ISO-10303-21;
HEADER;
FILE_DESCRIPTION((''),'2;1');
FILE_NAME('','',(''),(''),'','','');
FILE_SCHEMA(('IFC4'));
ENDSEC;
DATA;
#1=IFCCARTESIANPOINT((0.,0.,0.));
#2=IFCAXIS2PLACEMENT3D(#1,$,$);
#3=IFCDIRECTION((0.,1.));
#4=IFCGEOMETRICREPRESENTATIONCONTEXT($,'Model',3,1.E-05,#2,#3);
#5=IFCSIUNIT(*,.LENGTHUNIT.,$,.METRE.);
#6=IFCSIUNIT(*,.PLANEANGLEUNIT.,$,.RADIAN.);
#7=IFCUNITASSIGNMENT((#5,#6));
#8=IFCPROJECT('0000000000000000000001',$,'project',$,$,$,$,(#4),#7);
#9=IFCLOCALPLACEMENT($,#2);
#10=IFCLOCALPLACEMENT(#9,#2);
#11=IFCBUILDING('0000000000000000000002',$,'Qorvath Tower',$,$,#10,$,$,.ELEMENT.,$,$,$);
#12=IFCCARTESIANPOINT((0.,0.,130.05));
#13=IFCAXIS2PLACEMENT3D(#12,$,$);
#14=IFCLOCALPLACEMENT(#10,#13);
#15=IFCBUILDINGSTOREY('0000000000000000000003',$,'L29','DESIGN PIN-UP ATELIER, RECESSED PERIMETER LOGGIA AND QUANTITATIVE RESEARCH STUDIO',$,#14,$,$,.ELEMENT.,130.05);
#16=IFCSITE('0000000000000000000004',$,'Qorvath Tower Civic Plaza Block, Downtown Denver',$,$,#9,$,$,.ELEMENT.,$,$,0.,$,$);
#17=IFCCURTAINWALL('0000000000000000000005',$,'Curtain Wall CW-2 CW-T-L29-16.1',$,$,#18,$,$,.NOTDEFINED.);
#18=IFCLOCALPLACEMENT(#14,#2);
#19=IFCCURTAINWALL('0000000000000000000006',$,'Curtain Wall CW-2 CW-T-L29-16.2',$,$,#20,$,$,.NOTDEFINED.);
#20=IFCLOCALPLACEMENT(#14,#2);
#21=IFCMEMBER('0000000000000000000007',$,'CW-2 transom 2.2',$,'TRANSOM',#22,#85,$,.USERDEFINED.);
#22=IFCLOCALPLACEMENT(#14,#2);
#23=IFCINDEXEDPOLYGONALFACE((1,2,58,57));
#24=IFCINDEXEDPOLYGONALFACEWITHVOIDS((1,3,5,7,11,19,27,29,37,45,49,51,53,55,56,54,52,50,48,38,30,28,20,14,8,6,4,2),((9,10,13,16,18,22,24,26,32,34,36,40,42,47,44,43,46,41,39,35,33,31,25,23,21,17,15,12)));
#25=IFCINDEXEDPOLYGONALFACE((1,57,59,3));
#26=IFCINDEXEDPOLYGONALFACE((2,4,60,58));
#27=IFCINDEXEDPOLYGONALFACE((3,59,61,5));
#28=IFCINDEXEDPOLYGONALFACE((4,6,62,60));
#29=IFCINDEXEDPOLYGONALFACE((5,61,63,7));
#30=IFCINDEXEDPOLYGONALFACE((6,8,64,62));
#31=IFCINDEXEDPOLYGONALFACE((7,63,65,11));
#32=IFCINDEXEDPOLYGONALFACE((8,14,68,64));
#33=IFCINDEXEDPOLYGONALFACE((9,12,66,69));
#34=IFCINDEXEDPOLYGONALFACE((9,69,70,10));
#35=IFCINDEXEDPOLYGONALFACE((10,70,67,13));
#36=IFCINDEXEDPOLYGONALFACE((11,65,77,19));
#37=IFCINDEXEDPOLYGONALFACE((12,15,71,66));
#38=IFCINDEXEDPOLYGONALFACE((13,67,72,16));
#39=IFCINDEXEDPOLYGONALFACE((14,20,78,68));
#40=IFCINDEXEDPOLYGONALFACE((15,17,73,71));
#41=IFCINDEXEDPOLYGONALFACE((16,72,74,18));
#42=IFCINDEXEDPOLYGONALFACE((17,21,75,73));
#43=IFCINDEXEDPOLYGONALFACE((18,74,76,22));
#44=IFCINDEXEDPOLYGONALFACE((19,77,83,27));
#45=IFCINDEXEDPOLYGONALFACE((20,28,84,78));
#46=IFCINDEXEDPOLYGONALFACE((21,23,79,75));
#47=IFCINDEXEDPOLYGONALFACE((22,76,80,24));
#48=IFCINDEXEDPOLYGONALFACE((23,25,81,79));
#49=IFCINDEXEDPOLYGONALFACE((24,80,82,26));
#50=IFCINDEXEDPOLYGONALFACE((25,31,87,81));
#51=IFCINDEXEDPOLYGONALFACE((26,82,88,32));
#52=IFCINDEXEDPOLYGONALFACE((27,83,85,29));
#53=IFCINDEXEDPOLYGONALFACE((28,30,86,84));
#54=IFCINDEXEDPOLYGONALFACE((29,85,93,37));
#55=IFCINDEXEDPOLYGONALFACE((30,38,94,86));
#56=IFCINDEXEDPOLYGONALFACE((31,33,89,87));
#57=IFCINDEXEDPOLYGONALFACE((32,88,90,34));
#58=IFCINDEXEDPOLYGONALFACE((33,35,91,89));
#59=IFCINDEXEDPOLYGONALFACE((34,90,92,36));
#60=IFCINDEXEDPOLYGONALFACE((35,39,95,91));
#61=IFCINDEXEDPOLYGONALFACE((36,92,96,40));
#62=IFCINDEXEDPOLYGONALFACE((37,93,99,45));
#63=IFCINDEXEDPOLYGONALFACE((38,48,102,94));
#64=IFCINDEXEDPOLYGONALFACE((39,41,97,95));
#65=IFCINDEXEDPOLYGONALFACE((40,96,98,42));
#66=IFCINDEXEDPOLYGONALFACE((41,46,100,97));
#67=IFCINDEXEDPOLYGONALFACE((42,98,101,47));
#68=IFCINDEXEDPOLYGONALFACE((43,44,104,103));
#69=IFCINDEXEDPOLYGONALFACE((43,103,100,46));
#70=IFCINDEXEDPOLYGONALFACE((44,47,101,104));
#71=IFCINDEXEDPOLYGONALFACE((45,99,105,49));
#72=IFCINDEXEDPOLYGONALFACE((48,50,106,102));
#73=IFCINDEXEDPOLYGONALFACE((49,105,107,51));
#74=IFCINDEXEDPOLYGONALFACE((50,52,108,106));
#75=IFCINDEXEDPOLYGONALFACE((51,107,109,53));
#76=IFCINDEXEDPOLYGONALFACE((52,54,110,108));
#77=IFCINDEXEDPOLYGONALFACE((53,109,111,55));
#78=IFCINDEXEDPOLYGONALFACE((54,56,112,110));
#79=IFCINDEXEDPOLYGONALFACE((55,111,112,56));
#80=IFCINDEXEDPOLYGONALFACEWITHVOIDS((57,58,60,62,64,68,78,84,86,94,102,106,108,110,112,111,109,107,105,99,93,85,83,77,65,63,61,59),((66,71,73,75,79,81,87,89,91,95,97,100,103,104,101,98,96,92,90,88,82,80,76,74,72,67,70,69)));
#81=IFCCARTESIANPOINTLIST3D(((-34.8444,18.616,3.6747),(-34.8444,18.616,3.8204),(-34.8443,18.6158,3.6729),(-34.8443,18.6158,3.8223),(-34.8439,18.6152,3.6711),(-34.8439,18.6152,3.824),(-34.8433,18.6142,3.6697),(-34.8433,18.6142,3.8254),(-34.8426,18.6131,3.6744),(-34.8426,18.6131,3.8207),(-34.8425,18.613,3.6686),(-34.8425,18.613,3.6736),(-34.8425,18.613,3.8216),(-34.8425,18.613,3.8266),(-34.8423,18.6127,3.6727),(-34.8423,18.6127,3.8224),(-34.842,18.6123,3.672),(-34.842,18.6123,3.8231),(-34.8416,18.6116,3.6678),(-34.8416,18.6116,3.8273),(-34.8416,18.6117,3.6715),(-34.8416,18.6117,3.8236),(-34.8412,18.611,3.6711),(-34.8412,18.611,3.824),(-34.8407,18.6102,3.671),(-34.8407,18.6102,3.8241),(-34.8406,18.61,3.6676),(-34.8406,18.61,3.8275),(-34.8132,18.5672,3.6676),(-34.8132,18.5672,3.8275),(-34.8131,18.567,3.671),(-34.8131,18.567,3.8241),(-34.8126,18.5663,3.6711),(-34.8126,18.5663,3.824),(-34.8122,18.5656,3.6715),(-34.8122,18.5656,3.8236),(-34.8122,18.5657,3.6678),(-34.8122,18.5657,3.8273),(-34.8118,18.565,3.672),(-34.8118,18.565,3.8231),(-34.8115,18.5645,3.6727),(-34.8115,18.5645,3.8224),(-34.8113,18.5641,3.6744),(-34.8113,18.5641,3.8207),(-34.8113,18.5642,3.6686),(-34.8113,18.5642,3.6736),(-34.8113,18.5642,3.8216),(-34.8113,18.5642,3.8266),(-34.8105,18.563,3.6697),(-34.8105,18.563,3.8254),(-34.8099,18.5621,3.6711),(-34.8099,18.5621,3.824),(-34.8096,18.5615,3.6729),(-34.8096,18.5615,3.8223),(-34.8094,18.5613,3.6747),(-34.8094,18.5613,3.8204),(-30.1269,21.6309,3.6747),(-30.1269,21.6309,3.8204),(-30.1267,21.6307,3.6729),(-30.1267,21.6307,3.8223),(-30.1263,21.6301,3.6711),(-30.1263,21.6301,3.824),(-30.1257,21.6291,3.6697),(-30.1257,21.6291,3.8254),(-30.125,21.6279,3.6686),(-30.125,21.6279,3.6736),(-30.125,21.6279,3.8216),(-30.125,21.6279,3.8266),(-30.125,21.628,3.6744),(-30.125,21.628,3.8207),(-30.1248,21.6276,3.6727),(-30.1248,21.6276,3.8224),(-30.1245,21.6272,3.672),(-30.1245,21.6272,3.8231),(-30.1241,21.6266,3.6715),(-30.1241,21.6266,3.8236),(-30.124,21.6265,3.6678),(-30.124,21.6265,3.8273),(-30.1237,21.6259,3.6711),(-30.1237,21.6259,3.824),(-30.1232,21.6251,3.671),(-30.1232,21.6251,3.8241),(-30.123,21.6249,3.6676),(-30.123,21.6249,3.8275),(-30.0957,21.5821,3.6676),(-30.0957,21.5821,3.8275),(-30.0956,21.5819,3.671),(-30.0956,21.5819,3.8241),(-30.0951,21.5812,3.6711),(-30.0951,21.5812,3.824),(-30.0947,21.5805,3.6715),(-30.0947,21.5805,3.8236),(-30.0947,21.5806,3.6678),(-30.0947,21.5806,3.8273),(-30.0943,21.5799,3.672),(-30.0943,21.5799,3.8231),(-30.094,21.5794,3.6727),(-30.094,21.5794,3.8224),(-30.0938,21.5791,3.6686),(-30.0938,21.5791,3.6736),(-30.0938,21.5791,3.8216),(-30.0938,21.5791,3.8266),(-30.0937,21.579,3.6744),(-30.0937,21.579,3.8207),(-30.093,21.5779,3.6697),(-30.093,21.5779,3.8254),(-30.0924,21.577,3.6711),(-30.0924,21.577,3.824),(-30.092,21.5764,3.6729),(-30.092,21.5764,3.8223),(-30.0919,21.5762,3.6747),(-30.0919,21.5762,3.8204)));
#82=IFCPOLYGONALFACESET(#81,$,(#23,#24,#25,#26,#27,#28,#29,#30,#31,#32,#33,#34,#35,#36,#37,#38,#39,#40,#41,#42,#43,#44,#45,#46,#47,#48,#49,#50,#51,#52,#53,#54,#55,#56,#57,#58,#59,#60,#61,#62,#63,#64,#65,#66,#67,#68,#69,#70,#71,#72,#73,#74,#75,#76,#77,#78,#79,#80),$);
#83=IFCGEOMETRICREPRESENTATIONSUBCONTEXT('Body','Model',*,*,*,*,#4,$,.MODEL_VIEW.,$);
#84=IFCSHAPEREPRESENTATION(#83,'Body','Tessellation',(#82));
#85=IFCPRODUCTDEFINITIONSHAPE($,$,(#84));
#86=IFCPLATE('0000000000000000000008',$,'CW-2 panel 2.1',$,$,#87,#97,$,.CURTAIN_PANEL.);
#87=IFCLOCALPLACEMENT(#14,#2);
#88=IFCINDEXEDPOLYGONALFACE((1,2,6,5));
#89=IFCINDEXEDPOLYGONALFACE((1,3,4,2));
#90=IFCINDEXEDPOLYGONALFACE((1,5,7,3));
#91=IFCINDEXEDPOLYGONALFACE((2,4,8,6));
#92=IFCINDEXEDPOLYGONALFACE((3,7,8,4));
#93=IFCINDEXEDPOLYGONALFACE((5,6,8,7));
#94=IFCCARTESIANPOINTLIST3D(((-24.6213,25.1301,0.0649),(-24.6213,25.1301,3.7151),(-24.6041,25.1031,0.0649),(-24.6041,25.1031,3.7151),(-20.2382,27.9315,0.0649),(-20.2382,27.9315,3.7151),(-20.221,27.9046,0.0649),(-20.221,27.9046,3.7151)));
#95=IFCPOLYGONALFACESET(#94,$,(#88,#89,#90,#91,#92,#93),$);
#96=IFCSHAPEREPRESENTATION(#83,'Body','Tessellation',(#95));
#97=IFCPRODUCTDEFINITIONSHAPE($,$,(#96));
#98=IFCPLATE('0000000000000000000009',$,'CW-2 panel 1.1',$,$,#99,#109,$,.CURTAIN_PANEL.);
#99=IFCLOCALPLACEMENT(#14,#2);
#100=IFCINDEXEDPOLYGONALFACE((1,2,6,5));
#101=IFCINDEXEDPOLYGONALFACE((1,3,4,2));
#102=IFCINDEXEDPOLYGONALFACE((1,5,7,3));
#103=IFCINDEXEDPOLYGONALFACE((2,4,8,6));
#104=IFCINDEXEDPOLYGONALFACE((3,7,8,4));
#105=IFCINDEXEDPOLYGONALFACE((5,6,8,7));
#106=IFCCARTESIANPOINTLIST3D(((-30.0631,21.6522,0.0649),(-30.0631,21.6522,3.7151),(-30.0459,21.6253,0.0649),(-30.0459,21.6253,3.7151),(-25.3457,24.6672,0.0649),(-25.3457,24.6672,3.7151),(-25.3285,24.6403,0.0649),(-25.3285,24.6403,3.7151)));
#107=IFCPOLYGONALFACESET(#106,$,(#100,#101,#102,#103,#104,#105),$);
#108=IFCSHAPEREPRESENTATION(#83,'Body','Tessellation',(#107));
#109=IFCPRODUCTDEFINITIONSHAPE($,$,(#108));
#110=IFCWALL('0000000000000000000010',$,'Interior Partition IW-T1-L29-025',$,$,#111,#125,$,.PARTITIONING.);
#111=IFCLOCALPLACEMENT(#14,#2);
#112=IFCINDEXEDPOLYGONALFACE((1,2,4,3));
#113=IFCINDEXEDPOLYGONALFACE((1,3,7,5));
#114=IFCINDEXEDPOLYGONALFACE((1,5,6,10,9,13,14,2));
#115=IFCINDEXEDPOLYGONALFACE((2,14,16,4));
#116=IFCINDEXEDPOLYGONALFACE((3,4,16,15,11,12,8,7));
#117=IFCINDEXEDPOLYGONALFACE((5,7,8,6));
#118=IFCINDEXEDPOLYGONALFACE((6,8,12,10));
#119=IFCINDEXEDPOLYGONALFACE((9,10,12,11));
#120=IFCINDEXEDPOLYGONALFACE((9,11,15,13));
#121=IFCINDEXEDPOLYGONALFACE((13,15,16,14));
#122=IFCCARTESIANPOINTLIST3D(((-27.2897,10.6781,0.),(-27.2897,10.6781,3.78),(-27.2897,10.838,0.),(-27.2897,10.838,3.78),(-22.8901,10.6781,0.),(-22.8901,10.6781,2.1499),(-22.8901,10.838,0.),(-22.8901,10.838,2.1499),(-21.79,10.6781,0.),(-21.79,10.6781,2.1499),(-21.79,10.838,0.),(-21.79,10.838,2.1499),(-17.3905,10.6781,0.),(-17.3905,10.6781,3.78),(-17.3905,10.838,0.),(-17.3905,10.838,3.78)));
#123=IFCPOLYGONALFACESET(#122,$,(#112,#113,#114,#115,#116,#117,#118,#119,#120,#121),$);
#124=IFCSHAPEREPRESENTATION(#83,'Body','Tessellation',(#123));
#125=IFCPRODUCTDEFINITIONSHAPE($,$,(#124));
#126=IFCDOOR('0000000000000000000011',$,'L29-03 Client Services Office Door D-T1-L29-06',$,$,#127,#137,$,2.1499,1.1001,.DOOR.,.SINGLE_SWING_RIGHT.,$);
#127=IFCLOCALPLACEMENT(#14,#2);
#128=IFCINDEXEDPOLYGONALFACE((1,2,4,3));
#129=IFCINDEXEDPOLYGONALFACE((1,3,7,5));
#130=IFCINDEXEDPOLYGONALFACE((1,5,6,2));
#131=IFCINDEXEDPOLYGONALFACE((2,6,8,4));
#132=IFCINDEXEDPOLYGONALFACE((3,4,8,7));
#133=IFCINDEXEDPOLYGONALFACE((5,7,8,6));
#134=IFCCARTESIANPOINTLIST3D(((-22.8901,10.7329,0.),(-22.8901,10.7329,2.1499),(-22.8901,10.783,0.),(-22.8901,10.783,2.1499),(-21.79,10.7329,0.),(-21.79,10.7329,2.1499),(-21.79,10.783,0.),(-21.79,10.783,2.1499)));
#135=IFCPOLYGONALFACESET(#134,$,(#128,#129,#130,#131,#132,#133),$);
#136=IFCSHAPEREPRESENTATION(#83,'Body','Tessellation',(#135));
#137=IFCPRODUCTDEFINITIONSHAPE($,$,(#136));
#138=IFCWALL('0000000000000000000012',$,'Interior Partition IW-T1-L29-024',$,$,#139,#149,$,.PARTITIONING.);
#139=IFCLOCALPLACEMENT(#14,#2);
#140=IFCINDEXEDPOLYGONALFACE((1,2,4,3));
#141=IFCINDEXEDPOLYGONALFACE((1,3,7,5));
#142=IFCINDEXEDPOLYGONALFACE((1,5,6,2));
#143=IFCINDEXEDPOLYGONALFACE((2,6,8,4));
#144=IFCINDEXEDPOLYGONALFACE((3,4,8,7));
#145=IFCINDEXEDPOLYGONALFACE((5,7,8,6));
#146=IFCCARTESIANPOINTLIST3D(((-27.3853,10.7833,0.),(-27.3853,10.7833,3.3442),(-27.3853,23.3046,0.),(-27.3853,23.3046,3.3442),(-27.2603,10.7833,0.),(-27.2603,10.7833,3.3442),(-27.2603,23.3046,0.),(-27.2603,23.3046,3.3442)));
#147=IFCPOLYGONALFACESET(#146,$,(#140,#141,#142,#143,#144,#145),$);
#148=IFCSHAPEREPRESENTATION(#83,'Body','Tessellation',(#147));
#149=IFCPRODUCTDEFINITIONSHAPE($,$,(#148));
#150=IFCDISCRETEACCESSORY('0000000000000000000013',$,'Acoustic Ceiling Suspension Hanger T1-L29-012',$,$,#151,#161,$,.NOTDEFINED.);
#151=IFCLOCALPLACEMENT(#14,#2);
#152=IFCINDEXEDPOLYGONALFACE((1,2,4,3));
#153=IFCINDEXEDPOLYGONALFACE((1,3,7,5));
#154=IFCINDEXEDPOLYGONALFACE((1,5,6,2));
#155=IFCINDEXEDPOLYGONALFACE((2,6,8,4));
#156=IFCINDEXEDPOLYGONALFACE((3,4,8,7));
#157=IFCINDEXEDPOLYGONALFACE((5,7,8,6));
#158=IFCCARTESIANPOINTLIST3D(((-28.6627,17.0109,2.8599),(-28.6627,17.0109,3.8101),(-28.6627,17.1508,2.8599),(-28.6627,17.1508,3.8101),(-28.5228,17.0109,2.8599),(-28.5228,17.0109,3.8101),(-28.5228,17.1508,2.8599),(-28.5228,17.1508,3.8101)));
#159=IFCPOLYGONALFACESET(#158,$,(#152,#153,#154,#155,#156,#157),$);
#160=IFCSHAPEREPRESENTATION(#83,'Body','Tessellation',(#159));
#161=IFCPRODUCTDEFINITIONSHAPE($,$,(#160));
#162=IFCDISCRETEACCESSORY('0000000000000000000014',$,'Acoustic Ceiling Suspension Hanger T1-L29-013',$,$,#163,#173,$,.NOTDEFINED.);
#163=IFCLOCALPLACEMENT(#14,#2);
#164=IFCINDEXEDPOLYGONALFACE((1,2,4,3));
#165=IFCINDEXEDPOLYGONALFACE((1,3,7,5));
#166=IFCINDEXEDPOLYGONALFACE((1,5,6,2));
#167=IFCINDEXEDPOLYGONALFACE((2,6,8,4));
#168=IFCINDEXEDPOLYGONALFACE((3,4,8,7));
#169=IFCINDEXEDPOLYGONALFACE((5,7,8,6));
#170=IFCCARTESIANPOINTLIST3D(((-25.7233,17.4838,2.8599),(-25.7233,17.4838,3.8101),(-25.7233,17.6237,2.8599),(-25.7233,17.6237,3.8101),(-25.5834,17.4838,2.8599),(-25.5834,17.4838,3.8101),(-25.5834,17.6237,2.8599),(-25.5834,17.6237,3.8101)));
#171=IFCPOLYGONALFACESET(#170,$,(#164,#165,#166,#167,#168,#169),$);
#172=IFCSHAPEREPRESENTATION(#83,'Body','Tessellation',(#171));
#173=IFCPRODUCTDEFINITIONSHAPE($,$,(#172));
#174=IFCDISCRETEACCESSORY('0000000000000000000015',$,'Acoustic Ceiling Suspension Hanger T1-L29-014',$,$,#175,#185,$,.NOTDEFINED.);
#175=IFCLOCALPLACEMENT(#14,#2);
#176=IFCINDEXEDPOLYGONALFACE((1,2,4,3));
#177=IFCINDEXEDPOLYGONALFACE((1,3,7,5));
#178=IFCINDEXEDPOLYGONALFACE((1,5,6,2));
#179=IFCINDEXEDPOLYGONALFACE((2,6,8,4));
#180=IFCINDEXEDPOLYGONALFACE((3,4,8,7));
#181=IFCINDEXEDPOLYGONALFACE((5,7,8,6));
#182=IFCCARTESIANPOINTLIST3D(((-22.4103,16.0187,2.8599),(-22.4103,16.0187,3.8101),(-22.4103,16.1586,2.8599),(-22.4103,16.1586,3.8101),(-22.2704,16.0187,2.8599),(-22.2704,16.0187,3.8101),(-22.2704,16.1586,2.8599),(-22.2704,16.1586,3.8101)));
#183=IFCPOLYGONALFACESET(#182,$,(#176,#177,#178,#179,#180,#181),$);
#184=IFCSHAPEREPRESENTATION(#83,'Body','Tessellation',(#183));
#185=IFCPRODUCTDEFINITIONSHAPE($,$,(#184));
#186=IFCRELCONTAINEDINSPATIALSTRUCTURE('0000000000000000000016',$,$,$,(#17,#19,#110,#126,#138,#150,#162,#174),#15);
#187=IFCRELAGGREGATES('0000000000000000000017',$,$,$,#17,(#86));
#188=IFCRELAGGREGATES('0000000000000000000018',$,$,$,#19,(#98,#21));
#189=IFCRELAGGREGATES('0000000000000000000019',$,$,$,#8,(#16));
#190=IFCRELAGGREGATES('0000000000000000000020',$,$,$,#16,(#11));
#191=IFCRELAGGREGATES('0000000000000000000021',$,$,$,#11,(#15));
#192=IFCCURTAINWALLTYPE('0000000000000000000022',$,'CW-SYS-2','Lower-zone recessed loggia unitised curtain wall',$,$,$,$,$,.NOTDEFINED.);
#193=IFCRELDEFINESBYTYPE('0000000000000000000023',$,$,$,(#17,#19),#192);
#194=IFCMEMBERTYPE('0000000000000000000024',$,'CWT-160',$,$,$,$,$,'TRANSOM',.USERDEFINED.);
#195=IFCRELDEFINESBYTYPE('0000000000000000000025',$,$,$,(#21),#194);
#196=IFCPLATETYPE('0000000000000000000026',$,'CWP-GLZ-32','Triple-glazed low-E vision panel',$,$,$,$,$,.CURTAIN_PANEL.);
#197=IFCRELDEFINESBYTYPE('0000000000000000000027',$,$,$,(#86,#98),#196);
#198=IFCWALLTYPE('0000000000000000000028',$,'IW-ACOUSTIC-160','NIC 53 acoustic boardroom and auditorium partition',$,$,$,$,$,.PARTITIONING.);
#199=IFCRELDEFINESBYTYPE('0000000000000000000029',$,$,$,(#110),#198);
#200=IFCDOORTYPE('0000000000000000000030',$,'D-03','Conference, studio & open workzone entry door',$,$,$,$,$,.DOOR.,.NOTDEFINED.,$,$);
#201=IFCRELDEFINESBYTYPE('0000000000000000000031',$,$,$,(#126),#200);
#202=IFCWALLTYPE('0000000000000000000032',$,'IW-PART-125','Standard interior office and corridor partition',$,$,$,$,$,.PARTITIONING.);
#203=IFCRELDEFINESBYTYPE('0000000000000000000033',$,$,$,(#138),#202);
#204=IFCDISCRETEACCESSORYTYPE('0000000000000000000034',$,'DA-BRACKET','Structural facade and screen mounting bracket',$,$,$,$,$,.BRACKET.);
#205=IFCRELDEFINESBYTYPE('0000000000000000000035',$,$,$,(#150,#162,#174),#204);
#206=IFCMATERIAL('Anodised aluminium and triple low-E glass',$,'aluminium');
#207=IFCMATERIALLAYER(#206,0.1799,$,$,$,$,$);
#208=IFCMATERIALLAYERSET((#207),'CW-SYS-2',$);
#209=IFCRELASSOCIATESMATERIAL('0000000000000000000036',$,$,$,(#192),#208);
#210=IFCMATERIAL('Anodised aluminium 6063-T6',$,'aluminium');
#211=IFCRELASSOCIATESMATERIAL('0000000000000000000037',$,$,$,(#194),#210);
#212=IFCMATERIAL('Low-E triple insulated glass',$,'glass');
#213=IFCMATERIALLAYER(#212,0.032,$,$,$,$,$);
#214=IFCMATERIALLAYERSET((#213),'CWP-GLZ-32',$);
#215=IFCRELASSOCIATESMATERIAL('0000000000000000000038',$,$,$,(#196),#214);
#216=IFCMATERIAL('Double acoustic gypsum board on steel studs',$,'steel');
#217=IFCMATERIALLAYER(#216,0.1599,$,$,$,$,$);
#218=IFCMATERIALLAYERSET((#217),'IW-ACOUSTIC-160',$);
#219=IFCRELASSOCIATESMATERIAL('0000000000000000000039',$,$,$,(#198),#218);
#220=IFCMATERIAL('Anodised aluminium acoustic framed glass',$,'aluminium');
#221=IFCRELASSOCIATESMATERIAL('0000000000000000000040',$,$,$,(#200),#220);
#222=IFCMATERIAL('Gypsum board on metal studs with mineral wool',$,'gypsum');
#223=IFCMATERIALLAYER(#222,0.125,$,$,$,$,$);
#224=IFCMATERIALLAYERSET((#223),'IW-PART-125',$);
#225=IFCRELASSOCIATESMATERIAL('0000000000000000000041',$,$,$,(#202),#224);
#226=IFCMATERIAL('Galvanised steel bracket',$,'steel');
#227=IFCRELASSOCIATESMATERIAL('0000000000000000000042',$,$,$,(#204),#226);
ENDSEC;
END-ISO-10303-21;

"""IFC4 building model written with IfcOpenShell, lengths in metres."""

from ifc_helpers import new_model, si_unit, direction, frame, frame_2d, origin, origin_2d, place, context, subcontext, project, spatial, rectangle, hollow_rectangle, extrude, material, layer, layer_set, material_profile, profile_set, type_object, element, fill, aggregate, save


model = new_model("IFC4")

# Units and contexts
model_context = context("Model", 3, precision=1e-05, world=origin(), true_north=direction((0.0, 1.0)))
body_context = subcontext(model_context, "Body", "Model", "MODEL_VIEW")
ifc_project = project(units=[si_unit("LENGTHUNIT", "METRE"), si_unit("PLANEANGLEUNIT", "RADIAN")], contexts=[model_context])

# Site, building, storey
site_placement = place(None, origin())
site = spatial("IfcSite", under=ifc_project, at=site_placement, Name="Qorvath Tower Civic Plaza Block, Downtown Denver", CompositionType="ELEMENT", RefElevation=0.0)
building_placement = place(site_placement, origin())
building = spatial("IfcBuilding", under=site, at=building_placement, Name="Qorvath Tower", CompositionType="ELEMENT")
storey_placement = place(building_placement, frame((0.0, 0.0, 130.05)))
storey = spatial("IfcBuildingStorey", under=building, at=storey_placement, Name="L29", Description="DESIGN PIN-UP ATELIER, RECESSED PERIMETER LOGGIA AND QUANTITATIVE RESEARCH STUDIO", CompositionType="ELEMENT", Elevation=130.05)

# Curtain wall
ifc_material_1 = material(Name="Anodised aluminium and triple low-E glass", Category="aluminium")
ifc_layer_1 = layer(ifc_material_1, 0.1799)
ifc_layer_set_1 = layer_set([ifc_layer_1], Name="CW-SYS-2")
curtain_wall_type = type_object("IfcCurtainWallType", Name="CW-SYS-2", Description="Lower-zone recessed loggia unitised curtain wall", PredefinedType="NOTDEFINED", material=ifc_layer_set_1)
curtain_wall_1_placement = place(storey_placement, origin())
curtain_wall_1 = element("IfcCurtainWall", 1, at=curtain_wall_1_placement, inside=storey, type_object=curtain_wall_type, Name="Curtain Wall CW-2 CW-T-L29-16.1", PredefinedType="NOTDEFINED")

# Curtain wall
curtain_wall_2_placement = place(storey_placement, origin())
curtain_wall_2 = element("IfcCurtainWall", 2, at=curtain_wall_2_placement, inside=storey, type_object=curtain_wall_type, Name="Curtain Wall CW-2 CW-T-L29-16.2", PredefinedType="NOTDEFINED")

# Member
ifc_material_2 = material(Name="Anodised aluminium 6063-T6", Category="aluminium")
ifc_material_profile_1 = material_profile(ifc_material_2, hollow_rectangle(XDim=0.0649, YDim=0.1599, WallThickness=0.0034, InnerFilletRadius=0.0034, OuterFilletRadius=0.0071, at=origin_2d()), Name="CWT 160x65")
ifc_profile_set_1 = profile_set([ifc_material_profile_1], Name="Anodised aluminium 6063-T6")
member_type_1 = type_object("IfcMemberType", Name="CWT-160", ElementType="TRANSOM", PredefinedType="USERDEFINED", material=ifc_profile_set_1)
member_1_placement = place(storey_placement, frame((-30.1094, 21.6035, 3.7476), z_axis=(-0.842622, -0.538505, 0.0), x_axis=(0.538505, -0.842622, 0.0)))
member_1 = element("IfcMember", 3, at=member_1_placement, type_object=member_type_1, Name="CW-2 transom 2.2", ObjectType="TRANSOM", PredefinedType="USERDEFINED", context=body_context, shape_type="SweptSolid", body=[
    extrude(hollow_rectangle(XDim=0.0649, YDim=0.1599, WallThickness=0.0034, InnerFilletRadius=0.0034, OuterFilletRadius=0.0071, at=origin_2d()), origin(), (0.0, 0.0, 1.0), 5.5986),
])

# Plates
ifc_material_3 = material(Name="Low-E triple insulated glass", Category="glass")
ifc_layer_2 = layer(ifc_material_3, 0.032)
ifc_layer_set_2 = layer_set([ifc_layer_2], Name="CWP-GLZ-32")
plate_type = type_object("IfcPlateType", Name="CWP-GLZ-32", Description="Triple-glazed low-E vision panel", PredefinedType="CURTAIN_PANEL", material=ifc_layer_set_2)
plate_1_placement = place(storey_placement, frame((-22.4211, 26.5173, 0.0649), z_axis=(0.0, 0.0, 1.0), x_axis=(-0.842595, -0.538548, 0.0)))
plate_1 = element("IfcPlate", 4, at=plate_1_placement, type_object=plate_type, Name="CW-2 panel 2.1", PredefinedType="CURTAIN_PANEL", context=body_context, shape_type="SweptSolid", body=[
    extrude(rectangle(XDim=5.2019, YDim=0.032, at=origin_2d()), origin(), (0.0, 0.0, 1.0), 3.6501),
])
aggregate(curtain_wall_1, [plate_1])
plate_2_placement = place(storey_placement, frame((-27.6958, 23.1462, 0.0649), z_axis=(0.0, 0.0, 1.0), x_axis=(-0.842607, -0.53853, 0.0)))
plate_2 = element("IfcPlate", 5, at=plate_2_placement, type_object=plate_type, Name="CW-2 panel 1.1", PredefinedType="CURTAIN_PANEL", context=body_context, shape_type="SweptSolid", body=[
    extrude(rectangle(XDim=5.5986, YDim=0.032, at=origin_2d()), origin(), (0.0, 0.0, 1.0), 3.6501),
])
aggregate(curtain_wall_2, [plate_2, member_1])

# Wall, opening, door
ifc_material_4 = material(Name="Double acoustic gypsum board on steel studs", Category="steel")
ifc_layer_3 = layer(ifc_material_4, 0.1599)
ifc_layer_set_3 = layer_set([ifc_layer_3], Name="IW-ACOUSTIC-160")
wall_type_1 = type_object("IfcWallType", Name="IW-ACOUSTIC-160", Description="NIC 53 acoustic boardroom and auditorium partition", PredefinedType="PARTITIONING", material=ifc_layer_set_3)
wall_1_placement = place(storey_placement, frame((-27.2898, 10.7581, 0.0), z_axis=(0.0, 0.0, 1.0), x_axis=(1.0, 0.0, 0.0)))
wall_1 = element("IfcWall", 6, at=wall_1_placement, inside=storey, type_object=wall_type_1, Name="Interior Partition IW-T1-L29-025", PredefinedType="PARTITIONING", context=body_context, shape_type="SweptSolid", body=[
    extrude(rectangle(XDim=9.8992, YDim=0.1599, at=frame_2d((4.9497, 0.0))), origin(), (0.0, 0.0, 1.0), 3.78),
])
opening_placement = place(wall_1_placement, frame((4.3997, 0.0, 0.0)))
opening = element("IfcOpeningElement", 7, at=opening_placement, cuts=wall_1, PredefinedType="OPENING", context=body_context, shape_type="SweptSolid", body=[
    extrude(rectangle(XDim=1.1001, YDim=2.1499, at=frame_2d((0.55, 1.075))), frame((0.0, 0.0898, 0.0), z_axis=(0.0, -1.0, 0.0), x_axis=(1.0, 0.0, 0.0)), (0.0, 0.0, 1.0), 0.1799),
])
ifc_material_5 = material(Name="Anodised aluminium acoustic framed glass", Category="aluminium")
door_type = type_object("IfcDoorType", Name="D-03", Description="Conference, studio & open workzone entry door", OperationType="NOTDEFINED", PredefinedType="DOOR", material=ifc_material_5)
door_placement = place(opening_placement, origin())
door = element("IfcDoor", 8, at=door_placement, inside=storey, type_object=door_type, Name="L29-03 Client Services Office Door D-T1-L29-06", OperationType="SINGLE_SWING_RIGHT", OverallHeight=2.1499, OverallWidth=1.1001, PredefinedType="DOOR", context=body_context, shape_type="SweptSolid", body=[
    extrude(rectangle(XDim=1.1001, YDim=2.1499, at=frame_2d((0.55, 1.075))), frame((0.0, 0.0249, 0.0), z_axis=(0.0, -1.0, 0.0), x_axis=(1.0, 0.0, 0.0)), (0.0, 0.0, 1.0), 0.05),
])
fill(opening, door)

# Wall
ifc_material_6 = material(Name="Gypsum board on metal studs with mineral wool", Category="gypsum")
ifc_layer_4 = layer(ifc_material_6, 0.125)
ifc_layer_set_4 = layer_set([ifc_layer_4], Name="IW-PART-125")
wall_type_2 = type_object("IfcWallType", Name="IW-PART-125", Description="Standard interior office and corridor partition", PredefinedType="PARTITIONING", material=ifc_layer_set_4)
wall_2_placement = place(storey_placement, frame((-27.3228, 10.7832, 0.0), z_axis=(0.0, 0.0, 1.0), x_axis=(0.0, 1.0, 0.0)))
element("IfcWall", 9, at=wall_2_placement, inside=storey, type_object=wall_type_2, Name="Interior Partition IW-T1-L29-024", PredefinedType="PARTITIONING", context=body_context, shape_type="SweptSolid", body=[
    extrude(rectangle(XDim=12.5212, YDim=0.125, at=frame_2d((6.2607, 0.0))), origin(), (0.0, 0.0, 1.0), 3.3442),
])

# Discrete accessories
ifc_material_7 = material(Name="Galvanised steel bracket", Category="steel")
discrete_accessory_type = type_object("IfcDiscreteAccessoryType", Name="DA-BRACKET", Description="Structural facade and screen mounting bracket", PredefinedType="BRACKET", material=ifc_material_7)
for number, where, z_axis, x_axis, name in (
    (10, (-28.5928, 17.0808, 2.8599), (0.0, 0.0, 1.0), (1.0, 0.0, 0.0), "Acoustic Ceiling Suspension Hanger T1-L29-012"),
    (11, (-25.6533, 17.5537, 2.8599), (0.0, 0.0, 1.0), (1.0, 0.0, 0.0), "Acoustic Ceiling Suspension Hanger T1-L29-013"),
    (12, (-22.3403, 16.0886, 2.8599), (0.0, 0.0, 1.0), (1.0, 0.0, 0.0), "Acoustic Ceiling Suspension Hanger T1-L29-014"),
):
    element("IfcDiscreteAccessory", number, at=place(storey_placement, frame(where, z_axis=z_axis, x_axis=x_axis)), inside=storey, type_object=discrete_accessory_type, Name=name, PredefinedType="NOTDEFINED", context=body_context, shape_type="SweptSolid", body=[
        extrude(rectangle(XDim=0.1399, YDim=0.1399, at=origin_2d()), origin(), (0.0, 0.0, 1.0), 0.9502),
    ])

save(model, "model.ifc")
